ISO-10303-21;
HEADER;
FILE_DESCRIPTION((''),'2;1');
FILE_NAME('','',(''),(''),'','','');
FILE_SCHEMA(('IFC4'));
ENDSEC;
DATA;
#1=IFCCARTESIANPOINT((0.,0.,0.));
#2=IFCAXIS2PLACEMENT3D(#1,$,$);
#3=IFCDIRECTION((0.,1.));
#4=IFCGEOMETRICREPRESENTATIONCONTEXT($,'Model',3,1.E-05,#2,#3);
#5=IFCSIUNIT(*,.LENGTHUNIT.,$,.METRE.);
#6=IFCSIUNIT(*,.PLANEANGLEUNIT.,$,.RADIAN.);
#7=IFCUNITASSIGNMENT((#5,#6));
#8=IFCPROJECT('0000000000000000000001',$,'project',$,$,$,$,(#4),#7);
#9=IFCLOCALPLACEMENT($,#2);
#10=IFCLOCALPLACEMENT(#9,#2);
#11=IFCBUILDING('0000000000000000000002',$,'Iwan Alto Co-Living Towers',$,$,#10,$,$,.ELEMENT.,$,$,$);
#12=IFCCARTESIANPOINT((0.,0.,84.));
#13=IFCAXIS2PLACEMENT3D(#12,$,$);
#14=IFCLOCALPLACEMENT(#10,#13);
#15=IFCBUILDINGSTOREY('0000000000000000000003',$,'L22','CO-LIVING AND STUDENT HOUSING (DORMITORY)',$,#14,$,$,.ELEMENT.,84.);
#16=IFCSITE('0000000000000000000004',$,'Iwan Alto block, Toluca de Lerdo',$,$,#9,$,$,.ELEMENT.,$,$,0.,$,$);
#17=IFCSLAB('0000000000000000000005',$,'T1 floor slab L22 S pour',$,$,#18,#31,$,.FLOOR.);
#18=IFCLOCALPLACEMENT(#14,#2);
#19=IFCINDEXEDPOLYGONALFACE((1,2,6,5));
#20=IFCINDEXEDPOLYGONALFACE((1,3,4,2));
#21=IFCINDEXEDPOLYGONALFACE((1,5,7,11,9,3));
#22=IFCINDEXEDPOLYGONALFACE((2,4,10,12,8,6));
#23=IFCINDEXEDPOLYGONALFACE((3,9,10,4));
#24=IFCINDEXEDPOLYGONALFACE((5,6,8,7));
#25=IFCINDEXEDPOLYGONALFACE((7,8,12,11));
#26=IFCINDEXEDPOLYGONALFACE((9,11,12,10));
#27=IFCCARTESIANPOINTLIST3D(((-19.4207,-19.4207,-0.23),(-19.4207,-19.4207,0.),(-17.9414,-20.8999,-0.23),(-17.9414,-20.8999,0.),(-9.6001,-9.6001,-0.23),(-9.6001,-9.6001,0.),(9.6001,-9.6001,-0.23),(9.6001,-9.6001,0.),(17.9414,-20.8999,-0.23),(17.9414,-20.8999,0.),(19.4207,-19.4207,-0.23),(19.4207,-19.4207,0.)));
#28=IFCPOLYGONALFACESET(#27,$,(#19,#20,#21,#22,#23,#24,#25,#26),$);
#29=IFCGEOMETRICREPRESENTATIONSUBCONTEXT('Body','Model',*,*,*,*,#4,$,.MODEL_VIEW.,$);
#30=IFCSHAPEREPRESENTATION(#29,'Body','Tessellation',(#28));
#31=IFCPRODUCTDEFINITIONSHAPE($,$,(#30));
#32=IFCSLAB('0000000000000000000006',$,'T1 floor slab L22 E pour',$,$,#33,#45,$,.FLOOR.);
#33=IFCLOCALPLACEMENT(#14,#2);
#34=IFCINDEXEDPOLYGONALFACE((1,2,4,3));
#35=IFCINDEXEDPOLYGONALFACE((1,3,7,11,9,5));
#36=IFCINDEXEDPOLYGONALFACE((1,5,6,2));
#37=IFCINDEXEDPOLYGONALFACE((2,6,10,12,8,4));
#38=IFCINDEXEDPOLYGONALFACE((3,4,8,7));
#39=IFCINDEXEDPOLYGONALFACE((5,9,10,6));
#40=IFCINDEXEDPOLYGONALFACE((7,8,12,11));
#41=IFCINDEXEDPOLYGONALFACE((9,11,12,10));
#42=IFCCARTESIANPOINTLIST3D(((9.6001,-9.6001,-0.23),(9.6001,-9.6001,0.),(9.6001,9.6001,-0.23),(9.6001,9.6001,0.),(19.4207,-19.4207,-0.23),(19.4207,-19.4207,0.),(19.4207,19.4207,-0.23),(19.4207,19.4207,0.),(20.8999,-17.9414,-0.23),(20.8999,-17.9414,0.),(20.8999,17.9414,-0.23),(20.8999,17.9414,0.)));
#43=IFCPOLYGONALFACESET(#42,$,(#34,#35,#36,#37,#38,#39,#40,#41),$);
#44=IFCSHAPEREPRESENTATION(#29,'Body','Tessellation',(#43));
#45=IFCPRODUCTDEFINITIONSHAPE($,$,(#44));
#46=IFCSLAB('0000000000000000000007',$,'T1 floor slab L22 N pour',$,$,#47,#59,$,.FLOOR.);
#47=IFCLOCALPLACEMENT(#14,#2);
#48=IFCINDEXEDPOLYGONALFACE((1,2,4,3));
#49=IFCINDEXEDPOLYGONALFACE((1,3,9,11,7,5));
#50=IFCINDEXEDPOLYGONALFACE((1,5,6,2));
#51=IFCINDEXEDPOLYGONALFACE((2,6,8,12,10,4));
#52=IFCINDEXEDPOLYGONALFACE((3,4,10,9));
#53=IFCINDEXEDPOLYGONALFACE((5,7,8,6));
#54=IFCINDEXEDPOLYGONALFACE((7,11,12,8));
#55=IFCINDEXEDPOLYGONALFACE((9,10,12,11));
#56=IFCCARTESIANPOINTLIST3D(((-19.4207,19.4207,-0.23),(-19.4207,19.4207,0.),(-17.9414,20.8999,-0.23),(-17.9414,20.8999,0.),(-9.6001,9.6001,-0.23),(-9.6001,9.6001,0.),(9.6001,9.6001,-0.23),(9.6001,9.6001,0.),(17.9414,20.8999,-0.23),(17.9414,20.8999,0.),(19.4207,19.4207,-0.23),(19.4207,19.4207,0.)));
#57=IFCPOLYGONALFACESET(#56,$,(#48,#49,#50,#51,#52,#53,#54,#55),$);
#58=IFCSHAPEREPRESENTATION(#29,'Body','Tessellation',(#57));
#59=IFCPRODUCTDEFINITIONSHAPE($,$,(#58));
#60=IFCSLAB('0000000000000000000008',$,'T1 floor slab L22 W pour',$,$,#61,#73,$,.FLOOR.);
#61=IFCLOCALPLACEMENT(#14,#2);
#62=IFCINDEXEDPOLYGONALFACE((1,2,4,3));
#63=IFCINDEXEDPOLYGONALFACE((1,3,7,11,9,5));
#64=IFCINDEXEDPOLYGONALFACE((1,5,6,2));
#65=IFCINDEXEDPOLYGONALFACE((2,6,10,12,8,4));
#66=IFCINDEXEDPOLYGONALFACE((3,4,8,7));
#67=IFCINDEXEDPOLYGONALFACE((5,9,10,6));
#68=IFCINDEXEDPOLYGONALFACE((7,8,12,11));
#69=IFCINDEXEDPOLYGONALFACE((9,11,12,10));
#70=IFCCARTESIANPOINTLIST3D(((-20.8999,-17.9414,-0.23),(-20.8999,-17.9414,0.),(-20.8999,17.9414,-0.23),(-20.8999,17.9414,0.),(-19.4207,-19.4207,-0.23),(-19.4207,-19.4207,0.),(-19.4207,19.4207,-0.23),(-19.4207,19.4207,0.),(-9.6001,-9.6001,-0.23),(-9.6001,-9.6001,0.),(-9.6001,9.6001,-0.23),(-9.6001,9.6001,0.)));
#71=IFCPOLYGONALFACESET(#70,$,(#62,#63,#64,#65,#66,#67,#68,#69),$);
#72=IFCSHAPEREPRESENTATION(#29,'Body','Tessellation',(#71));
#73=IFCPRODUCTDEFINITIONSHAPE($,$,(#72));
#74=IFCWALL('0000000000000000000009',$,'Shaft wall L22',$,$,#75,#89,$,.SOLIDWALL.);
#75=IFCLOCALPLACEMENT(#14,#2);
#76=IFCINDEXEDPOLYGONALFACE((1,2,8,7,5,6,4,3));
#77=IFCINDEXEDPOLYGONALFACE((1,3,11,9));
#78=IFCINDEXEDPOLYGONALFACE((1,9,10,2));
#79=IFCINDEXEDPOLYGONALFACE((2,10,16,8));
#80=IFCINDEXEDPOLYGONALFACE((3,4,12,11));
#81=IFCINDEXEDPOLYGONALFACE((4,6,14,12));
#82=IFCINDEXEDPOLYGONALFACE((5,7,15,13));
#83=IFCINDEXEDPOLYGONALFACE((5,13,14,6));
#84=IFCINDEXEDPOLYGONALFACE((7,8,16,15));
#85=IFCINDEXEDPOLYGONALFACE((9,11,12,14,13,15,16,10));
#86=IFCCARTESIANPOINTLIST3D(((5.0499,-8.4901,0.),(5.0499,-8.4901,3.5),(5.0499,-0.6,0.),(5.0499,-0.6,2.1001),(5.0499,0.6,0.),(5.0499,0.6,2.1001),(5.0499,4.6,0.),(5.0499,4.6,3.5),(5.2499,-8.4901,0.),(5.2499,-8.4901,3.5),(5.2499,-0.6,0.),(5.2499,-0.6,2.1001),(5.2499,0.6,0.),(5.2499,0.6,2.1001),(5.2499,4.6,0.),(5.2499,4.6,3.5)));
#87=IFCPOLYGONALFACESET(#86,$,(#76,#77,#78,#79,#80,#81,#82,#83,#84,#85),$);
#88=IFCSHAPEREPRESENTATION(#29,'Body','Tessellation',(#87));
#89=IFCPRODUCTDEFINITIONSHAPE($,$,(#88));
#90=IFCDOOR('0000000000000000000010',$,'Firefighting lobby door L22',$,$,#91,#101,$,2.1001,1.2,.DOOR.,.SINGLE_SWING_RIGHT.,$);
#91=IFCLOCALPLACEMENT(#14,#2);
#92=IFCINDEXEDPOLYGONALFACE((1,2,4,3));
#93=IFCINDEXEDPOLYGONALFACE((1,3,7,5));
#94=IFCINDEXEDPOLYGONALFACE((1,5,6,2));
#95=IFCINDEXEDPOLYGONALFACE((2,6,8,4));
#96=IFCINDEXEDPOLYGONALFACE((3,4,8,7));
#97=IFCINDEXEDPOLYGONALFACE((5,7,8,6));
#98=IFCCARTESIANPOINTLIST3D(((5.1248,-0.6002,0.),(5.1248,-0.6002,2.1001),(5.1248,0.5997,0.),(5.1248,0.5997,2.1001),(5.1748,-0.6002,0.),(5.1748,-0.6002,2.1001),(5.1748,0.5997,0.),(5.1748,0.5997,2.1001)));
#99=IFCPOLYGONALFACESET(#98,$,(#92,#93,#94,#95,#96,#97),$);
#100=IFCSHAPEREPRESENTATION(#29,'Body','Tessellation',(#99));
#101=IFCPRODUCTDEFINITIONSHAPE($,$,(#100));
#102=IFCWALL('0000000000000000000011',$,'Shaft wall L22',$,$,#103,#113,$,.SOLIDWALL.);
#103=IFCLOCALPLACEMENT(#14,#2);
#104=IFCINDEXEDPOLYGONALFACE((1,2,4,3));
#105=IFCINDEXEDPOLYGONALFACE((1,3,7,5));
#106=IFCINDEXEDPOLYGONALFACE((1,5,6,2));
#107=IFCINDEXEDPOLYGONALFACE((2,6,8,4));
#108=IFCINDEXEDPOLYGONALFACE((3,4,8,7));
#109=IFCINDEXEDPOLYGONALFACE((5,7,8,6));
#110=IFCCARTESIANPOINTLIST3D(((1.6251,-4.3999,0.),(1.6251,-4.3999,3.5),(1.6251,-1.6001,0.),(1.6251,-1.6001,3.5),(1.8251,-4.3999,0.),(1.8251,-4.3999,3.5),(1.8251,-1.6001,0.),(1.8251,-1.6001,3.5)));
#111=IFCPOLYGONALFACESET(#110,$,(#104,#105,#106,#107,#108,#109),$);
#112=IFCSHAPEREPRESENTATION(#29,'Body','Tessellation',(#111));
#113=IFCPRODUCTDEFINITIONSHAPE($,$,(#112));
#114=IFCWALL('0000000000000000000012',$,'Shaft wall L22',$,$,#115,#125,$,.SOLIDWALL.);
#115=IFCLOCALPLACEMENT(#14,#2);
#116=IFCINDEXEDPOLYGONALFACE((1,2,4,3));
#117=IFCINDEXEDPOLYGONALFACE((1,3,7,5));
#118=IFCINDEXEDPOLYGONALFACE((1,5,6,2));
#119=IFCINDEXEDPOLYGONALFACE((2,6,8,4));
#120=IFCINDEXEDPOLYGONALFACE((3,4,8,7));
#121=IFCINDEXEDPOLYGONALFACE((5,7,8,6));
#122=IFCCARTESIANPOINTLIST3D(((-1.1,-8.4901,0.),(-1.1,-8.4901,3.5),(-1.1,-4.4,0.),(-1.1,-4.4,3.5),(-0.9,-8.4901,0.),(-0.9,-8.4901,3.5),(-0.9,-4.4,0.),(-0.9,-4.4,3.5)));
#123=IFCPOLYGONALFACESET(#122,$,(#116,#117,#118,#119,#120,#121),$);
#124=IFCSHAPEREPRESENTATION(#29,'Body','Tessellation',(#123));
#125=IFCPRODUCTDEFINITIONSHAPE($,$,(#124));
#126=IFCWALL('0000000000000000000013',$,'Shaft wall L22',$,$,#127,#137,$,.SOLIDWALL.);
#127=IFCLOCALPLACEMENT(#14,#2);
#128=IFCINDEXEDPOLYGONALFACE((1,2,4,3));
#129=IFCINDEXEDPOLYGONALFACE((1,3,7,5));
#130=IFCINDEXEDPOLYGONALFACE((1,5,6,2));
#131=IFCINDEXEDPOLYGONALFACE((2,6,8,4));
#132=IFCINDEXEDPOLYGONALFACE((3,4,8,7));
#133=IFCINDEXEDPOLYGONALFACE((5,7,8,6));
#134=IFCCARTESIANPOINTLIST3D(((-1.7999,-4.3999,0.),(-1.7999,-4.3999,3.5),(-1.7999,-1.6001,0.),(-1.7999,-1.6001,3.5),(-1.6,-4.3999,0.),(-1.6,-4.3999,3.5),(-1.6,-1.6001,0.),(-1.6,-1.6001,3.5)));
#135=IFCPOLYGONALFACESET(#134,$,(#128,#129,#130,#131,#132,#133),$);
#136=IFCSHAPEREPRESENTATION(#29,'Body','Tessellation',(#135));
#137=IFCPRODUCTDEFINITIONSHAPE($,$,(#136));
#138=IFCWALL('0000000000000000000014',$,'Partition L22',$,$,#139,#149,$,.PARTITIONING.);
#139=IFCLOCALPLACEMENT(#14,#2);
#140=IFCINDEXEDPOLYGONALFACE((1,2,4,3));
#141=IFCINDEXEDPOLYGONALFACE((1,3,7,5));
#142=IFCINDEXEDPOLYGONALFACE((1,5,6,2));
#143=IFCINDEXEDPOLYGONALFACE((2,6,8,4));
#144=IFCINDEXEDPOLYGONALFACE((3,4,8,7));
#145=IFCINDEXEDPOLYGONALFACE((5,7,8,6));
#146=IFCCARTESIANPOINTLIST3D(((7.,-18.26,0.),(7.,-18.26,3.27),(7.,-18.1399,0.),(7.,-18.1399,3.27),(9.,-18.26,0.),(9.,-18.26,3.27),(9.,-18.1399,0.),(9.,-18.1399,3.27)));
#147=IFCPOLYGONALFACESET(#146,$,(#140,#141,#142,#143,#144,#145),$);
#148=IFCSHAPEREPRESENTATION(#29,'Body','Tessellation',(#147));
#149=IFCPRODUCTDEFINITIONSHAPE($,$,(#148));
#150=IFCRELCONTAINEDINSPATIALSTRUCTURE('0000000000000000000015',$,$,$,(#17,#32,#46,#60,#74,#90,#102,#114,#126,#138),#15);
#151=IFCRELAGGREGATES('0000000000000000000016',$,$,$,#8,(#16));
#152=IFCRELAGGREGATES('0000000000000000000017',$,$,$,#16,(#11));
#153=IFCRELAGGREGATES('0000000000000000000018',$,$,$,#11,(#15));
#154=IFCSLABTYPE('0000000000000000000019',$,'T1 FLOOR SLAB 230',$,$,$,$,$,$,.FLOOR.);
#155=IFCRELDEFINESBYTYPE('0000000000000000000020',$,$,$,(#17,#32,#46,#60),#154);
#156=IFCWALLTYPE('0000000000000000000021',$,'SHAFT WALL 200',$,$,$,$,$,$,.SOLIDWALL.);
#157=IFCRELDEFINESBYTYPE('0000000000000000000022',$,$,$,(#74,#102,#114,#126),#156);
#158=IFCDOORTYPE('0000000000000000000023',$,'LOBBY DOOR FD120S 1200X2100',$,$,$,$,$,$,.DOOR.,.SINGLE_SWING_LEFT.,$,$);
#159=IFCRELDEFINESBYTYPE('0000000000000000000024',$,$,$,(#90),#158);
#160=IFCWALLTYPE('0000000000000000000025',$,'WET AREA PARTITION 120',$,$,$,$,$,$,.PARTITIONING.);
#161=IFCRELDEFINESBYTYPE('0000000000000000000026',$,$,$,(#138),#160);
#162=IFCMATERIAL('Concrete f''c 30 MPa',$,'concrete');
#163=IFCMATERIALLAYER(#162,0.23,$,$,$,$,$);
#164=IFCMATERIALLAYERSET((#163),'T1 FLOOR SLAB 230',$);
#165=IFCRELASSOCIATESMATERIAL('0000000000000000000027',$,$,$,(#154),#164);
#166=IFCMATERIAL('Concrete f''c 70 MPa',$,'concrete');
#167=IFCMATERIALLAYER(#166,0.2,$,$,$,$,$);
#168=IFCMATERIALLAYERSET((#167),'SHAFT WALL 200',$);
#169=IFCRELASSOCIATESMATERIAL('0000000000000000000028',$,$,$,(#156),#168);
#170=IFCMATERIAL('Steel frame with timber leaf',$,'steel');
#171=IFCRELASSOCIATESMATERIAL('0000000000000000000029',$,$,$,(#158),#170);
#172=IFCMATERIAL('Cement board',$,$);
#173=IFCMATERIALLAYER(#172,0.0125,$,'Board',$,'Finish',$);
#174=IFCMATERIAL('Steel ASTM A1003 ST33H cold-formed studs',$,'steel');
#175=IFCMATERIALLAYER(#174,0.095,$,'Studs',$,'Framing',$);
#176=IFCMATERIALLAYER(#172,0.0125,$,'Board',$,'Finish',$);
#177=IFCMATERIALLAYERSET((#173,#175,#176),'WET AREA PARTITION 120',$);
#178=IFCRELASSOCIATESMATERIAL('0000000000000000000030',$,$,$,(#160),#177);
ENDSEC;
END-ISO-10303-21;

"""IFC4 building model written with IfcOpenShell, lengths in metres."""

from ifc_helpers import new_model, si_unit, direction, frame, frame_2d, origin, place, context, subcontext, project, spatial, polyline, rectangle, outline, extrude, material, layer, layer_set, type_object, element, fill, save


model = new_model("IFC4")

# Units and contexts
model_context = context("Model", 3, precision=1e-05, world=origin(), true_north=direction((0.0, 1.0)))
body_context = subcontext(model_context, "Body", "Model", "MODEL_VIEW")
ifc_project = project(units=[si_unit("LENGTHUNIT", "METRE"), si_unit("PLANEANGLEUNIT", "RADIAN")], contexts=[model_context])

# Site, building, storey
site_placement = place(None, origin())
site = spatial("IfcSite", under=ifc_project, at=site_placement, Name="Iwan Alto block, Toluca de Lerdo", CompositionType="ELEMENT", RefElevation=0.0)
building_placement = place(site_placement, origin())
building = spatial("IfcBuilding", under=site, at=building_placement, Name="Iwan Alto Co-Living Towers", CompositionType="ELEMENT")
storey_placement = place(building_placement, frame((0.0, 0.0, 84.0)))
storey = spatial("IfcBuildingStorey", under=building, at=storey_placement, Name="L22", Description="CO-LIVING AND STUDENT HOUSING (DORMITORY)", CompositionType="ELEMENT", Elevation=84.0)

# Slabs
ifc_material_1 = material(Name="Concrete f'c 30 MPa", Category="concrete")
ifc_layer_1 = layer(ifc_material_1, 0.23)
ifc_layer_set_1 = layer_set([ifc_layer_1], Name="T1 FLOOR SLAB 230")
slab_type = type_object("IfcSlabType", Name="T1 FLOOR SLAB 230", PredefinedType="FLOOR", material=ifc_layer_set_1)
slab_1_placement = place(storey_placement, frame((0.0, 0.0, -0.23)))
element("IfcSlab", 1, at=slab_1_placement, inside=storey, type_object=slab_type, Name="T1 floor slab L22 S pour", PredefinedType="FLOOR", context=body_context, shape_type="SweptSolid", body=[
    extrude(outline(polyline([(17.9414, -20.8999), (-17.9414, -20.8999), (-19.4207, -19.4207), (-9.6001, -9.6001), (9.6001, -9.6001), (19.4207, -19.4207), (17.9414, -20.8999)])), origin(), (0.0, 0.0, 1.0), 0.23),
])
slab_2_placement = place(storey_placement, frame((0.0, 0.0, -0.23)))
element("IfcSlab", 2, at=slab_2_placement, inside=storey, type_object=slab_type, Name="T1 floor slab L22 E pour", PredefinedType="FLOOR", context=body_context, shape_type="SweptSolid", body=[
    extrude(outline(polyline([(20.8999, 17.9414), (20.8999, -17.9414), (19.4207, -19.4207), (9.6001, -9.6001), (9.6001, 9.6001), (19.4207, 19.4207), (20.8999, 17.9414)])), origin(), (0.0, 0.0, 1.0), 0.23),
])
slab_3_placement = place(storey_placement, frame((0.0, 0.0, -0.23)))
element("IfcSlab", 3, at=slab_3_placement, inside=storey, type_object=slab_type, Name="T1 floor slab L22 N pour", PredefinedType="FLOOR", context=body_context, shape_type="SweptSolid", body=[
    extrude(outline(polyline([(-17.9414, 20.8999), (17.9414, 20.8999), (19.4207, 19.4207), (9.6001, 9.6001), (-9.6001, 9.6001), (-19.4207, 19.4207), (-17.9414, 20.8999)])), origin(), (0.0, 0.0, 1.0), 0.23),
])
slab_4_placement = place(storey_placement, frame((0.0, 0.0, -0.23)))
element("IfcSlab", 4, at=slab_4_placement, inside=storey, type_object=slab_type, Name="T1 floor slab L22 W pour", PredefinedType="FLOOR", context=body_context, shape_type="SweptSolid", body=[
    extrude(outline(polyline([(-20.8999, 17.9414), (-19.4207, 19.4207), (-9.6001, 9.6001), (-9.6001, -9.6001), (-19.4207, -19.4207), (-20.8999, -17.9414), (-20.8999, 17.9414)])), origin(), (0.0, 0.0, 1.0), 0.23),
])

# Wall, opening, door
ifc_material_2 = material(Name="Concrete f'c 70 MPa", Category="concrete")
ifc_layer_2 = layer(ifc_material_2, 0.2)
ifc_layer_set_2 = layer_set([ifc_layer_2], Name="SHAFT WALL 200")
wall_type_1 = type_object("IfcWallType", Name="SHAFT WALL 200", PredefinedType="SOLIDWALL", material=ifc_layer_set_2)
wall_1_placement = place(storey_placement, frame((5.1499, -8.49, 0.0), z_axis=(0.0, 0.0, 1.0), x_axis=(0.0, 1.0, 0.0)))
wall_1 = element("IfcWall", 5, at=wall_1_placement, inside=storey, type_object=wall_type_1, Name="Shaft wall L22", PredefinedType="SOLIDWALL", context=body_context, shape_type="SweptSolid", body=[
    extrude(rectangle(XDim=13.0901, YDim=0.2, at=frame_2d((6.5449, 0.0))), origin(), (0.0, 0.0, 1.0), 3.5),
])
opening_1_placement = place(wall_1_placement, frame((7.8899, 0.0, 0.0)))
opening_1 = element("IfcOpeningElement", 6, at=opening_1_placement, cuts=wall_1, PredefinedType="OPENING", context=body_context, shape_type="SweptSolid", body=[
    extrude(rectangle(XDim=1.2, YDim=2.1001, at=frame_2d((0.6001, 1.05))), frame((0.0, 0.1099, 0.0), z_axis=(0.0, -1.0, 0.0), x_axis=(1.0, 0.0, 0.0)), (0.0, 0.0, 1.0), 0.22),
])
ifc_material_3 = material(Name="Steel frame with timber leaf", Category="steel")
door_type_1 = type_object("IfcDoorType", Name="LOBBY DOOR FD120S 1200X2100", OperationType="SINGLE_SWING_LEFT", PredefinedType="DOOR", material=ifc_material_3)
door_1_placement = place(opening_1_placement, frame((1.2, 0.0, 0.0), z_axis=(0.0, 0.0, 1.0), x_axis=(-1.0, 0.0, 0.0)))
door_1 = element("IfcDoor", 7, at=door_1_placement, inside=storey, type_object=door_type_1, Name="Firefighting lobby door L22", OperationType="SINGLE_SWING_RIGHT", OverallHeight=2.1001, OverallWidth=1.2, PredefinedType="DOOR", context=body_context, shape_type="SweptSolid", body=[
    extrude(rectangle(XDim=1.2, YDim=2.1001, at=frame_2d((0.6001, 1.05))), frame((0.0, 0.0249, 0.0), z_axis=(0.0, -1.0, 0.0), x_axis=(1.0, 0.0, 0.0)), (0.0, 0.0, 1.0), 0.05),
])
fill(opening_1, door_1)

# Walls
wall_2_placement = place(storey_placement, frame((1.7251, -4.3999, 0.0), z_axis=(0.0, 0.0, 1.0), x_axis=(0.0, 1.0, 0.0)))
element("IfcWall", 8, at=wall_2_placement, inside=storey, type_object=wall_type_1, Name="Shaft wall L22", PredefinedType="SOLIDWALL", context=body_context, shape_type="SweptSolid", body=[
    extrude(rectangle(XDim=2.7998, YDim=0.2, at=frame_2d((1.3999, 0.0))), origin(), (0.0, 0.0, 1.0), 3.5),
])
wall_3_placement = place(storey_placement, frame((-1.0, -8.49, 0.0), z_axis=(0.0, 0.0, 1.0), x_axis=(0.0, 1.0, 0.0)))
element("IfcWall", 9, at=wall_3_placement, inside=storey, type_object=wall_type_1, Name="Shaft wall L22", PredefinedType="SOLIDWALL", context=body_context, shape_type="SweptSolid", body=[
    extrude(rectangle(XDim=4.0901, YDim=0.2, at=frame_2d((2.0449, 0.0))), origin(), (0.0, 0.0, 1.0), 3.5),
])
wall_4_placement = place(storey_placement, frame((-1.7, -4.3999, 0.0), z_axis=(0.0, 0.0, 1.0), x_axis=(0.0, 1.0, 0.0)))
element("IfcWall", 10, at=wall_4_placement, inside=storey, type_object=wall_type_1, Name="Shaft wall L22", PredefinedType="SOLIDWALL", context=body_context, shape_type="SweptSolid", body=[
    extrude(rectangle(XDim=2.7998, YDim=0.2, at=frame_2d((1.3999, 0.0))), origin(), (0.0, 0.0, 1.0), 3.5),
])
ifc_material_4 = material(Name="Cement board")
ifc_layer_3 = layer(ifc_material_4, 0.0125, Name="Board", Category="Finish")
ifc_material_5 = material(Name="Steel ASTM A1003 ST33H cold-formed studs", Category="steel")
ifc_layer_4 = layer(ifc_material_5, 0.095, Name="Studs", Category="Framing")
ifc_layer_5 = layer(ifc_material_4, 0.0125, Name="Board", Category="Finish")
ifc_layer_set_3 = layer_set([ifc_layer_3, ifc_layer_4, ifc_layer_5], Name="WET AREA PARTITION 120")
wall_type_2 = type_object("IfcWallType", Name="WET AREA PARTITION 120", PredefinedType="PARTITIONING", material=ifc_layer_set_3)
wall_5_placement = place(storey_placement, frame((7.0, -18.2, 0.0), z_axis=(0.0, 0.0, 1.0), x_axis=(1.0, 0.0, 0.0)))
element("IfcWall", 11, at=wall_5_placement, inside=storey, type_object=wall_type_2, Name="Partition L22", PredefinedType="PARTITIONING", context=body_context, shape_type="SweptSolid", body=[
    extrude(rectangle(XDim=2.0, YDim=0.1201, at=frame_2d((1.0, 0.0))), origin(), (0.0, 0.0, 1.0), 3.27),
])

save(model, "model.ifc")
